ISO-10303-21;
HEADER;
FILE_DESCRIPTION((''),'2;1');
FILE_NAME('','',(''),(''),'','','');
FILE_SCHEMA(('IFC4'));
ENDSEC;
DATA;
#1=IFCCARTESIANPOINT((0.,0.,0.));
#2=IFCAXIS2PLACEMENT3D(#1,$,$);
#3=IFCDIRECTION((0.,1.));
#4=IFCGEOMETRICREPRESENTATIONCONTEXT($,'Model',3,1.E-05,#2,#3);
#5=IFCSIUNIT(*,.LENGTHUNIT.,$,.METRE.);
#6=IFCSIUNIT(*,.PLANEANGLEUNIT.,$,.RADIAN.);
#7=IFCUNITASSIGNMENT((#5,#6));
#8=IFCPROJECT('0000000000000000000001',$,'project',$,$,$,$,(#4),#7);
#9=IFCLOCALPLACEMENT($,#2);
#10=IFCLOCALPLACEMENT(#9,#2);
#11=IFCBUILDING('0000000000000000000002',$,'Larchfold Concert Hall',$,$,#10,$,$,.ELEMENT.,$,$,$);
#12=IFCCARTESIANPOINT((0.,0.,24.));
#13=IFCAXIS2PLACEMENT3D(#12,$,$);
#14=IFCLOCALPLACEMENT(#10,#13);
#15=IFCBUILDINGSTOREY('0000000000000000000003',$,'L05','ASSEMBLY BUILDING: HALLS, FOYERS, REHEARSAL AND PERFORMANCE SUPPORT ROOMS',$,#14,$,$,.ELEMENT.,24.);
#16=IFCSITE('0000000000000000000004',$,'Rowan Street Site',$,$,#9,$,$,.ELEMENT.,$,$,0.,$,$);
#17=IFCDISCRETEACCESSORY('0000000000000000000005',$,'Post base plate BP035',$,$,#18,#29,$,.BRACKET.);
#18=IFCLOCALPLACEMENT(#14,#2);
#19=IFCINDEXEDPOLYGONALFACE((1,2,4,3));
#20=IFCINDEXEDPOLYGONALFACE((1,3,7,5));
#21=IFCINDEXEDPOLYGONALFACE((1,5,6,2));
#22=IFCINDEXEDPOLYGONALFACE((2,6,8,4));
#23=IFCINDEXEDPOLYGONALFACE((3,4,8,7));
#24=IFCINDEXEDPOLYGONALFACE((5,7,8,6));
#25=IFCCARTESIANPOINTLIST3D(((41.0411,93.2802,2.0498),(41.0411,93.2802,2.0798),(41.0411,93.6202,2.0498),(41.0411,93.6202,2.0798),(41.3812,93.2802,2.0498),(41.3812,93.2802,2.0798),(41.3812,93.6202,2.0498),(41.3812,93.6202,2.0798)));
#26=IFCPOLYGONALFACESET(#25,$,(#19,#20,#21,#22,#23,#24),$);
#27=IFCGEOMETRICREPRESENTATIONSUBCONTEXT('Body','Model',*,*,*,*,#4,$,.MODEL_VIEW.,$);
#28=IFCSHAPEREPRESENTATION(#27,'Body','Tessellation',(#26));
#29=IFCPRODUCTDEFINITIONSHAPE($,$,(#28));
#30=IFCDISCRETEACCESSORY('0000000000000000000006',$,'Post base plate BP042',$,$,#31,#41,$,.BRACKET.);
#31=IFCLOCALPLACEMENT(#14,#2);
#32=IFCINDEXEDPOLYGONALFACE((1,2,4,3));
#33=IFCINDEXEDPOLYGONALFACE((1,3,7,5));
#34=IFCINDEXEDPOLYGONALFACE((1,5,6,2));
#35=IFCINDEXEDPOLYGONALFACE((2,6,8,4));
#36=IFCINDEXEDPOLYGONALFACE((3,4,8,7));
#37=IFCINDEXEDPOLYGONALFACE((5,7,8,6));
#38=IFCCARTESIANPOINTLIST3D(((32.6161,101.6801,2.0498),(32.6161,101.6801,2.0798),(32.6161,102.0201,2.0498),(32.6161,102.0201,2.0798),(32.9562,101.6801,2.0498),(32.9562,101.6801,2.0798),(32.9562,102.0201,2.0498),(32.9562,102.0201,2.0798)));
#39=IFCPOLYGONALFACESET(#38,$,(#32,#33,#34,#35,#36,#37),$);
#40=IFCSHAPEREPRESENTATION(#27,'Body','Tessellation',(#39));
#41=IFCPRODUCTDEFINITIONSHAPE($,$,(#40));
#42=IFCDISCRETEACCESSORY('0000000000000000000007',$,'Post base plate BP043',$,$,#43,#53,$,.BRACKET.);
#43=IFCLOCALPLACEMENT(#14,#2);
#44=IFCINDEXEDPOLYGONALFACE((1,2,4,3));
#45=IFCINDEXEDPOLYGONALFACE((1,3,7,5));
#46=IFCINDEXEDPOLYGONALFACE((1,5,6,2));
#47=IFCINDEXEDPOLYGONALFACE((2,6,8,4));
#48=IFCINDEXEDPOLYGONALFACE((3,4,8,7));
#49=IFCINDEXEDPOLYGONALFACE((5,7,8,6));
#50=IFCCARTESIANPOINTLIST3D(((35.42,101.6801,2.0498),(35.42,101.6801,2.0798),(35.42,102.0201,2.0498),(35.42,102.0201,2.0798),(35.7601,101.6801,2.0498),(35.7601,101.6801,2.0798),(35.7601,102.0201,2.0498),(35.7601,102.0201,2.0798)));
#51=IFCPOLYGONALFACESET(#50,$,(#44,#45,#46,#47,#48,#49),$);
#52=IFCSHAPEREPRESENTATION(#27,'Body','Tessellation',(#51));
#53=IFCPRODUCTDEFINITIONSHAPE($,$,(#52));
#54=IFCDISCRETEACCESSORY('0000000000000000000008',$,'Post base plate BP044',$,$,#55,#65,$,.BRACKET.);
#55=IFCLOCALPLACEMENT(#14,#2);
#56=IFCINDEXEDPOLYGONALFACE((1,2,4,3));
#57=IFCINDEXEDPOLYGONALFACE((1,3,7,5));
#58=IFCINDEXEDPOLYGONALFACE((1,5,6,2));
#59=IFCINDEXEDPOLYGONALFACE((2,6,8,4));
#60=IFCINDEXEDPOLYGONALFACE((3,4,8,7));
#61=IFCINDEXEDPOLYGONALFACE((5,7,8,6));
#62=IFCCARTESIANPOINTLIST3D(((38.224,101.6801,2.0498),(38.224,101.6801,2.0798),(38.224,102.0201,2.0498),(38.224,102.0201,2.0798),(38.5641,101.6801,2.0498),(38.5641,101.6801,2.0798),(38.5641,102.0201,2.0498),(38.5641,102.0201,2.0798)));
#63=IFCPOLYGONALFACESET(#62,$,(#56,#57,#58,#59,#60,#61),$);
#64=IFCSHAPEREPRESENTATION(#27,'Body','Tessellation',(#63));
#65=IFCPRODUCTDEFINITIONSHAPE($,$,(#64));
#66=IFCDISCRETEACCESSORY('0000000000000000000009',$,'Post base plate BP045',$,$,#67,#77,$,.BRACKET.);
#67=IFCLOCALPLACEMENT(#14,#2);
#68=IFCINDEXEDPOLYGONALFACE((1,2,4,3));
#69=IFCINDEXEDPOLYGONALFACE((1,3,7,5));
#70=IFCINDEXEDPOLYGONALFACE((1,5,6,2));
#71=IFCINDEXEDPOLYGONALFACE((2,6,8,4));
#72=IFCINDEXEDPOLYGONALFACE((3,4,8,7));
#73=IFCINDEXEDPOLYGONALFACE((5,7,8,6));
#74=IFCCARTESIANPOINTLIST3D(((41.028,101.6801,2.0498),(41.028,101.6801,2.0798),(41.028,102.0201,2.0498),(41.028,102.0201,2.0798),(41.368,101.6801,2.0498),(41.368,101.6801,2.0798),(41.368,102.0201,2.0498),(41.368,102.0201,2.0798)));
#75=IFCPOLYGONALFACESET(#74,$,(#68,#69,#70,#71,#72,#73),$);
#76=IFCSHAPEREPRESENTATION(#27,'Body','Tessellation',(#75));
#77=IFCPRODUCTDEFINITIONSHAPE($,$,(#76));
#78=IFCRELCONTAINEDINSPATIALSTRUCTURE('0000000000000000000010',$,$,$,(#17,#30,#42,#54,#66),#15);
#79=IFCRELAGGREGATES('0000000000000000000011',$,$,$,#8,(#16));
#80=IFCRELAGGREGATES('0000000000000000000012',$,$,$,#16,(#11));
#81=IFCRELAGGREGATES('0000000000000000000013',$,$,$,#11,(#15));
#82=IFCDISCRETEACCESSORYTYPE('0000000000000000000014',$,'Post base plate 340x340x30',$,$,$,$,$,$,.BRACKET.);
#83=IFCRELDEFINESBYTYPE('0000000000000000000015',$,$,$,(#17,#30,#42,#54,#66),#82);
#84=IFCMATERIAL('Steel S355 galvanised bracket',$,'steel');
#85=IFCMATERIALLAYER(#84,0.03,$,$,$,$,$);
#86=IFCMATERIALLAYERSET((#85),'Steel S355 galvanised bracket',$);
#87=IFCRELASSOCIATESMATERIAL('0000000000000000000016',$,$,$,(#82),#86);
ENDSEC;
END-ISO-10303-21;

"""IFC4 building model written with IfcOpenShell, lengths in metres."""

from ifc_helpers import new_model, si_unit, direction, frame, origin, origin_2d, place, context, subcontext, project, spatial, rectangle, extrude, material, layer, layer_set, type_object, element, save


model = new_model("IFC4")

# Units and contexts
model_context = context("Model", 3, precision=1e-05, world=origin(), true_north=direction((0.0, 1.0)))
body_context = subcontext(model_context, "Body", "Model", "MODEL_VIEW")
ifc_project = project(units=[si_unit("LENGTHUNIT", "METRE"), si_unit("PLANEANGLEUNIT", "RADIAN")], contexts=[model_context])

# Site, building, storey
site_placement = place(None, origin())
site = spatial("IfcSite", under=ifc_project, at=site_placement, Name="Rowan Street Site", CompositionType="ELEMENT", RefElevation=0.0)
building_placement = place(site_placement, origin())
building = spatial("IfcBuilding", under=site, at=building_placement, Name="Larchfold Concert Hall", CompositionType="ELEMENT")
storey_placement = place(building_placement, frame((0.0, 0.0, 24.0)))
storey = spatial("IfcBuildingStorey", under=building, at=storey_placement, Name="L05", Description="ASSEMBLY BUILDING: HALLS, FOYERS, REHEARSAL AND PERFORMANCE SUPPORT ROOMS", CompositionType="ELEMENT", Elevation=24.0)

# Discrete accessories
ifc_material_1 = material(Name="Steel S355 galvanised bracket", Category="steel")
ifc_layer = layer(ifc_material_1, 0.03)
ifc_layer_set = layer_set([ifc_layer], Name="Steel S355 galvanised bracket")
discrete_accessory_type_1 = type_object("IfcDiscreteAccessoryType", Name="Post base plate 340x340x30", PredefinedType="BRACKET", material=ifc_layer_set)
for number, where, z_axis, x_axis, name in (
    (1, (41.2112, 93.4502, 2.0498), (0.0, 0.0, 1.0), (1.0, 0.0, 0.0), "Post base plate BP035"),
    (2, (32.7861, 101.8501, 2.0498), (0.0, 0.0, 1.0), (1.0, 0.0, 0.0), "Post base plate BP042"),
    (3, (35.5901, 101.8501, 2.0498), (0.0, 0.0, 1.0), (1.0, 0.0, 0.0), "Post base plate BP043"),
    (4, (38.394, 101.8501, 2.0498), (0.0, 0.0, 1.0), (1.0, 0.0, 0.0), "Post base plate BP044"),
    (5, (41.198, 101.8501, 2.0498), (0.0, 0.0, 1.0), (1.0, 0.0, 0.0), "Post base plate BP045"),
):
    element("IfcDiscreteAccessory", number, at=place(storey_placement, frame(where, z_axis=z_axis, x_axis=x_axis)), inside=storey, type_object=discrete_accessory_type_1, Name=name, PredefinedType="BRACKET", context=body_context, shape_type="SweptSolid", body=[
        extrude(rectangle(XDim=0.3401, YDim=0.3401, at=origin_2d()), origin(), (0.0, 0.0, 1.0), 0.03),
    ])

save(model, "model.ifc")
